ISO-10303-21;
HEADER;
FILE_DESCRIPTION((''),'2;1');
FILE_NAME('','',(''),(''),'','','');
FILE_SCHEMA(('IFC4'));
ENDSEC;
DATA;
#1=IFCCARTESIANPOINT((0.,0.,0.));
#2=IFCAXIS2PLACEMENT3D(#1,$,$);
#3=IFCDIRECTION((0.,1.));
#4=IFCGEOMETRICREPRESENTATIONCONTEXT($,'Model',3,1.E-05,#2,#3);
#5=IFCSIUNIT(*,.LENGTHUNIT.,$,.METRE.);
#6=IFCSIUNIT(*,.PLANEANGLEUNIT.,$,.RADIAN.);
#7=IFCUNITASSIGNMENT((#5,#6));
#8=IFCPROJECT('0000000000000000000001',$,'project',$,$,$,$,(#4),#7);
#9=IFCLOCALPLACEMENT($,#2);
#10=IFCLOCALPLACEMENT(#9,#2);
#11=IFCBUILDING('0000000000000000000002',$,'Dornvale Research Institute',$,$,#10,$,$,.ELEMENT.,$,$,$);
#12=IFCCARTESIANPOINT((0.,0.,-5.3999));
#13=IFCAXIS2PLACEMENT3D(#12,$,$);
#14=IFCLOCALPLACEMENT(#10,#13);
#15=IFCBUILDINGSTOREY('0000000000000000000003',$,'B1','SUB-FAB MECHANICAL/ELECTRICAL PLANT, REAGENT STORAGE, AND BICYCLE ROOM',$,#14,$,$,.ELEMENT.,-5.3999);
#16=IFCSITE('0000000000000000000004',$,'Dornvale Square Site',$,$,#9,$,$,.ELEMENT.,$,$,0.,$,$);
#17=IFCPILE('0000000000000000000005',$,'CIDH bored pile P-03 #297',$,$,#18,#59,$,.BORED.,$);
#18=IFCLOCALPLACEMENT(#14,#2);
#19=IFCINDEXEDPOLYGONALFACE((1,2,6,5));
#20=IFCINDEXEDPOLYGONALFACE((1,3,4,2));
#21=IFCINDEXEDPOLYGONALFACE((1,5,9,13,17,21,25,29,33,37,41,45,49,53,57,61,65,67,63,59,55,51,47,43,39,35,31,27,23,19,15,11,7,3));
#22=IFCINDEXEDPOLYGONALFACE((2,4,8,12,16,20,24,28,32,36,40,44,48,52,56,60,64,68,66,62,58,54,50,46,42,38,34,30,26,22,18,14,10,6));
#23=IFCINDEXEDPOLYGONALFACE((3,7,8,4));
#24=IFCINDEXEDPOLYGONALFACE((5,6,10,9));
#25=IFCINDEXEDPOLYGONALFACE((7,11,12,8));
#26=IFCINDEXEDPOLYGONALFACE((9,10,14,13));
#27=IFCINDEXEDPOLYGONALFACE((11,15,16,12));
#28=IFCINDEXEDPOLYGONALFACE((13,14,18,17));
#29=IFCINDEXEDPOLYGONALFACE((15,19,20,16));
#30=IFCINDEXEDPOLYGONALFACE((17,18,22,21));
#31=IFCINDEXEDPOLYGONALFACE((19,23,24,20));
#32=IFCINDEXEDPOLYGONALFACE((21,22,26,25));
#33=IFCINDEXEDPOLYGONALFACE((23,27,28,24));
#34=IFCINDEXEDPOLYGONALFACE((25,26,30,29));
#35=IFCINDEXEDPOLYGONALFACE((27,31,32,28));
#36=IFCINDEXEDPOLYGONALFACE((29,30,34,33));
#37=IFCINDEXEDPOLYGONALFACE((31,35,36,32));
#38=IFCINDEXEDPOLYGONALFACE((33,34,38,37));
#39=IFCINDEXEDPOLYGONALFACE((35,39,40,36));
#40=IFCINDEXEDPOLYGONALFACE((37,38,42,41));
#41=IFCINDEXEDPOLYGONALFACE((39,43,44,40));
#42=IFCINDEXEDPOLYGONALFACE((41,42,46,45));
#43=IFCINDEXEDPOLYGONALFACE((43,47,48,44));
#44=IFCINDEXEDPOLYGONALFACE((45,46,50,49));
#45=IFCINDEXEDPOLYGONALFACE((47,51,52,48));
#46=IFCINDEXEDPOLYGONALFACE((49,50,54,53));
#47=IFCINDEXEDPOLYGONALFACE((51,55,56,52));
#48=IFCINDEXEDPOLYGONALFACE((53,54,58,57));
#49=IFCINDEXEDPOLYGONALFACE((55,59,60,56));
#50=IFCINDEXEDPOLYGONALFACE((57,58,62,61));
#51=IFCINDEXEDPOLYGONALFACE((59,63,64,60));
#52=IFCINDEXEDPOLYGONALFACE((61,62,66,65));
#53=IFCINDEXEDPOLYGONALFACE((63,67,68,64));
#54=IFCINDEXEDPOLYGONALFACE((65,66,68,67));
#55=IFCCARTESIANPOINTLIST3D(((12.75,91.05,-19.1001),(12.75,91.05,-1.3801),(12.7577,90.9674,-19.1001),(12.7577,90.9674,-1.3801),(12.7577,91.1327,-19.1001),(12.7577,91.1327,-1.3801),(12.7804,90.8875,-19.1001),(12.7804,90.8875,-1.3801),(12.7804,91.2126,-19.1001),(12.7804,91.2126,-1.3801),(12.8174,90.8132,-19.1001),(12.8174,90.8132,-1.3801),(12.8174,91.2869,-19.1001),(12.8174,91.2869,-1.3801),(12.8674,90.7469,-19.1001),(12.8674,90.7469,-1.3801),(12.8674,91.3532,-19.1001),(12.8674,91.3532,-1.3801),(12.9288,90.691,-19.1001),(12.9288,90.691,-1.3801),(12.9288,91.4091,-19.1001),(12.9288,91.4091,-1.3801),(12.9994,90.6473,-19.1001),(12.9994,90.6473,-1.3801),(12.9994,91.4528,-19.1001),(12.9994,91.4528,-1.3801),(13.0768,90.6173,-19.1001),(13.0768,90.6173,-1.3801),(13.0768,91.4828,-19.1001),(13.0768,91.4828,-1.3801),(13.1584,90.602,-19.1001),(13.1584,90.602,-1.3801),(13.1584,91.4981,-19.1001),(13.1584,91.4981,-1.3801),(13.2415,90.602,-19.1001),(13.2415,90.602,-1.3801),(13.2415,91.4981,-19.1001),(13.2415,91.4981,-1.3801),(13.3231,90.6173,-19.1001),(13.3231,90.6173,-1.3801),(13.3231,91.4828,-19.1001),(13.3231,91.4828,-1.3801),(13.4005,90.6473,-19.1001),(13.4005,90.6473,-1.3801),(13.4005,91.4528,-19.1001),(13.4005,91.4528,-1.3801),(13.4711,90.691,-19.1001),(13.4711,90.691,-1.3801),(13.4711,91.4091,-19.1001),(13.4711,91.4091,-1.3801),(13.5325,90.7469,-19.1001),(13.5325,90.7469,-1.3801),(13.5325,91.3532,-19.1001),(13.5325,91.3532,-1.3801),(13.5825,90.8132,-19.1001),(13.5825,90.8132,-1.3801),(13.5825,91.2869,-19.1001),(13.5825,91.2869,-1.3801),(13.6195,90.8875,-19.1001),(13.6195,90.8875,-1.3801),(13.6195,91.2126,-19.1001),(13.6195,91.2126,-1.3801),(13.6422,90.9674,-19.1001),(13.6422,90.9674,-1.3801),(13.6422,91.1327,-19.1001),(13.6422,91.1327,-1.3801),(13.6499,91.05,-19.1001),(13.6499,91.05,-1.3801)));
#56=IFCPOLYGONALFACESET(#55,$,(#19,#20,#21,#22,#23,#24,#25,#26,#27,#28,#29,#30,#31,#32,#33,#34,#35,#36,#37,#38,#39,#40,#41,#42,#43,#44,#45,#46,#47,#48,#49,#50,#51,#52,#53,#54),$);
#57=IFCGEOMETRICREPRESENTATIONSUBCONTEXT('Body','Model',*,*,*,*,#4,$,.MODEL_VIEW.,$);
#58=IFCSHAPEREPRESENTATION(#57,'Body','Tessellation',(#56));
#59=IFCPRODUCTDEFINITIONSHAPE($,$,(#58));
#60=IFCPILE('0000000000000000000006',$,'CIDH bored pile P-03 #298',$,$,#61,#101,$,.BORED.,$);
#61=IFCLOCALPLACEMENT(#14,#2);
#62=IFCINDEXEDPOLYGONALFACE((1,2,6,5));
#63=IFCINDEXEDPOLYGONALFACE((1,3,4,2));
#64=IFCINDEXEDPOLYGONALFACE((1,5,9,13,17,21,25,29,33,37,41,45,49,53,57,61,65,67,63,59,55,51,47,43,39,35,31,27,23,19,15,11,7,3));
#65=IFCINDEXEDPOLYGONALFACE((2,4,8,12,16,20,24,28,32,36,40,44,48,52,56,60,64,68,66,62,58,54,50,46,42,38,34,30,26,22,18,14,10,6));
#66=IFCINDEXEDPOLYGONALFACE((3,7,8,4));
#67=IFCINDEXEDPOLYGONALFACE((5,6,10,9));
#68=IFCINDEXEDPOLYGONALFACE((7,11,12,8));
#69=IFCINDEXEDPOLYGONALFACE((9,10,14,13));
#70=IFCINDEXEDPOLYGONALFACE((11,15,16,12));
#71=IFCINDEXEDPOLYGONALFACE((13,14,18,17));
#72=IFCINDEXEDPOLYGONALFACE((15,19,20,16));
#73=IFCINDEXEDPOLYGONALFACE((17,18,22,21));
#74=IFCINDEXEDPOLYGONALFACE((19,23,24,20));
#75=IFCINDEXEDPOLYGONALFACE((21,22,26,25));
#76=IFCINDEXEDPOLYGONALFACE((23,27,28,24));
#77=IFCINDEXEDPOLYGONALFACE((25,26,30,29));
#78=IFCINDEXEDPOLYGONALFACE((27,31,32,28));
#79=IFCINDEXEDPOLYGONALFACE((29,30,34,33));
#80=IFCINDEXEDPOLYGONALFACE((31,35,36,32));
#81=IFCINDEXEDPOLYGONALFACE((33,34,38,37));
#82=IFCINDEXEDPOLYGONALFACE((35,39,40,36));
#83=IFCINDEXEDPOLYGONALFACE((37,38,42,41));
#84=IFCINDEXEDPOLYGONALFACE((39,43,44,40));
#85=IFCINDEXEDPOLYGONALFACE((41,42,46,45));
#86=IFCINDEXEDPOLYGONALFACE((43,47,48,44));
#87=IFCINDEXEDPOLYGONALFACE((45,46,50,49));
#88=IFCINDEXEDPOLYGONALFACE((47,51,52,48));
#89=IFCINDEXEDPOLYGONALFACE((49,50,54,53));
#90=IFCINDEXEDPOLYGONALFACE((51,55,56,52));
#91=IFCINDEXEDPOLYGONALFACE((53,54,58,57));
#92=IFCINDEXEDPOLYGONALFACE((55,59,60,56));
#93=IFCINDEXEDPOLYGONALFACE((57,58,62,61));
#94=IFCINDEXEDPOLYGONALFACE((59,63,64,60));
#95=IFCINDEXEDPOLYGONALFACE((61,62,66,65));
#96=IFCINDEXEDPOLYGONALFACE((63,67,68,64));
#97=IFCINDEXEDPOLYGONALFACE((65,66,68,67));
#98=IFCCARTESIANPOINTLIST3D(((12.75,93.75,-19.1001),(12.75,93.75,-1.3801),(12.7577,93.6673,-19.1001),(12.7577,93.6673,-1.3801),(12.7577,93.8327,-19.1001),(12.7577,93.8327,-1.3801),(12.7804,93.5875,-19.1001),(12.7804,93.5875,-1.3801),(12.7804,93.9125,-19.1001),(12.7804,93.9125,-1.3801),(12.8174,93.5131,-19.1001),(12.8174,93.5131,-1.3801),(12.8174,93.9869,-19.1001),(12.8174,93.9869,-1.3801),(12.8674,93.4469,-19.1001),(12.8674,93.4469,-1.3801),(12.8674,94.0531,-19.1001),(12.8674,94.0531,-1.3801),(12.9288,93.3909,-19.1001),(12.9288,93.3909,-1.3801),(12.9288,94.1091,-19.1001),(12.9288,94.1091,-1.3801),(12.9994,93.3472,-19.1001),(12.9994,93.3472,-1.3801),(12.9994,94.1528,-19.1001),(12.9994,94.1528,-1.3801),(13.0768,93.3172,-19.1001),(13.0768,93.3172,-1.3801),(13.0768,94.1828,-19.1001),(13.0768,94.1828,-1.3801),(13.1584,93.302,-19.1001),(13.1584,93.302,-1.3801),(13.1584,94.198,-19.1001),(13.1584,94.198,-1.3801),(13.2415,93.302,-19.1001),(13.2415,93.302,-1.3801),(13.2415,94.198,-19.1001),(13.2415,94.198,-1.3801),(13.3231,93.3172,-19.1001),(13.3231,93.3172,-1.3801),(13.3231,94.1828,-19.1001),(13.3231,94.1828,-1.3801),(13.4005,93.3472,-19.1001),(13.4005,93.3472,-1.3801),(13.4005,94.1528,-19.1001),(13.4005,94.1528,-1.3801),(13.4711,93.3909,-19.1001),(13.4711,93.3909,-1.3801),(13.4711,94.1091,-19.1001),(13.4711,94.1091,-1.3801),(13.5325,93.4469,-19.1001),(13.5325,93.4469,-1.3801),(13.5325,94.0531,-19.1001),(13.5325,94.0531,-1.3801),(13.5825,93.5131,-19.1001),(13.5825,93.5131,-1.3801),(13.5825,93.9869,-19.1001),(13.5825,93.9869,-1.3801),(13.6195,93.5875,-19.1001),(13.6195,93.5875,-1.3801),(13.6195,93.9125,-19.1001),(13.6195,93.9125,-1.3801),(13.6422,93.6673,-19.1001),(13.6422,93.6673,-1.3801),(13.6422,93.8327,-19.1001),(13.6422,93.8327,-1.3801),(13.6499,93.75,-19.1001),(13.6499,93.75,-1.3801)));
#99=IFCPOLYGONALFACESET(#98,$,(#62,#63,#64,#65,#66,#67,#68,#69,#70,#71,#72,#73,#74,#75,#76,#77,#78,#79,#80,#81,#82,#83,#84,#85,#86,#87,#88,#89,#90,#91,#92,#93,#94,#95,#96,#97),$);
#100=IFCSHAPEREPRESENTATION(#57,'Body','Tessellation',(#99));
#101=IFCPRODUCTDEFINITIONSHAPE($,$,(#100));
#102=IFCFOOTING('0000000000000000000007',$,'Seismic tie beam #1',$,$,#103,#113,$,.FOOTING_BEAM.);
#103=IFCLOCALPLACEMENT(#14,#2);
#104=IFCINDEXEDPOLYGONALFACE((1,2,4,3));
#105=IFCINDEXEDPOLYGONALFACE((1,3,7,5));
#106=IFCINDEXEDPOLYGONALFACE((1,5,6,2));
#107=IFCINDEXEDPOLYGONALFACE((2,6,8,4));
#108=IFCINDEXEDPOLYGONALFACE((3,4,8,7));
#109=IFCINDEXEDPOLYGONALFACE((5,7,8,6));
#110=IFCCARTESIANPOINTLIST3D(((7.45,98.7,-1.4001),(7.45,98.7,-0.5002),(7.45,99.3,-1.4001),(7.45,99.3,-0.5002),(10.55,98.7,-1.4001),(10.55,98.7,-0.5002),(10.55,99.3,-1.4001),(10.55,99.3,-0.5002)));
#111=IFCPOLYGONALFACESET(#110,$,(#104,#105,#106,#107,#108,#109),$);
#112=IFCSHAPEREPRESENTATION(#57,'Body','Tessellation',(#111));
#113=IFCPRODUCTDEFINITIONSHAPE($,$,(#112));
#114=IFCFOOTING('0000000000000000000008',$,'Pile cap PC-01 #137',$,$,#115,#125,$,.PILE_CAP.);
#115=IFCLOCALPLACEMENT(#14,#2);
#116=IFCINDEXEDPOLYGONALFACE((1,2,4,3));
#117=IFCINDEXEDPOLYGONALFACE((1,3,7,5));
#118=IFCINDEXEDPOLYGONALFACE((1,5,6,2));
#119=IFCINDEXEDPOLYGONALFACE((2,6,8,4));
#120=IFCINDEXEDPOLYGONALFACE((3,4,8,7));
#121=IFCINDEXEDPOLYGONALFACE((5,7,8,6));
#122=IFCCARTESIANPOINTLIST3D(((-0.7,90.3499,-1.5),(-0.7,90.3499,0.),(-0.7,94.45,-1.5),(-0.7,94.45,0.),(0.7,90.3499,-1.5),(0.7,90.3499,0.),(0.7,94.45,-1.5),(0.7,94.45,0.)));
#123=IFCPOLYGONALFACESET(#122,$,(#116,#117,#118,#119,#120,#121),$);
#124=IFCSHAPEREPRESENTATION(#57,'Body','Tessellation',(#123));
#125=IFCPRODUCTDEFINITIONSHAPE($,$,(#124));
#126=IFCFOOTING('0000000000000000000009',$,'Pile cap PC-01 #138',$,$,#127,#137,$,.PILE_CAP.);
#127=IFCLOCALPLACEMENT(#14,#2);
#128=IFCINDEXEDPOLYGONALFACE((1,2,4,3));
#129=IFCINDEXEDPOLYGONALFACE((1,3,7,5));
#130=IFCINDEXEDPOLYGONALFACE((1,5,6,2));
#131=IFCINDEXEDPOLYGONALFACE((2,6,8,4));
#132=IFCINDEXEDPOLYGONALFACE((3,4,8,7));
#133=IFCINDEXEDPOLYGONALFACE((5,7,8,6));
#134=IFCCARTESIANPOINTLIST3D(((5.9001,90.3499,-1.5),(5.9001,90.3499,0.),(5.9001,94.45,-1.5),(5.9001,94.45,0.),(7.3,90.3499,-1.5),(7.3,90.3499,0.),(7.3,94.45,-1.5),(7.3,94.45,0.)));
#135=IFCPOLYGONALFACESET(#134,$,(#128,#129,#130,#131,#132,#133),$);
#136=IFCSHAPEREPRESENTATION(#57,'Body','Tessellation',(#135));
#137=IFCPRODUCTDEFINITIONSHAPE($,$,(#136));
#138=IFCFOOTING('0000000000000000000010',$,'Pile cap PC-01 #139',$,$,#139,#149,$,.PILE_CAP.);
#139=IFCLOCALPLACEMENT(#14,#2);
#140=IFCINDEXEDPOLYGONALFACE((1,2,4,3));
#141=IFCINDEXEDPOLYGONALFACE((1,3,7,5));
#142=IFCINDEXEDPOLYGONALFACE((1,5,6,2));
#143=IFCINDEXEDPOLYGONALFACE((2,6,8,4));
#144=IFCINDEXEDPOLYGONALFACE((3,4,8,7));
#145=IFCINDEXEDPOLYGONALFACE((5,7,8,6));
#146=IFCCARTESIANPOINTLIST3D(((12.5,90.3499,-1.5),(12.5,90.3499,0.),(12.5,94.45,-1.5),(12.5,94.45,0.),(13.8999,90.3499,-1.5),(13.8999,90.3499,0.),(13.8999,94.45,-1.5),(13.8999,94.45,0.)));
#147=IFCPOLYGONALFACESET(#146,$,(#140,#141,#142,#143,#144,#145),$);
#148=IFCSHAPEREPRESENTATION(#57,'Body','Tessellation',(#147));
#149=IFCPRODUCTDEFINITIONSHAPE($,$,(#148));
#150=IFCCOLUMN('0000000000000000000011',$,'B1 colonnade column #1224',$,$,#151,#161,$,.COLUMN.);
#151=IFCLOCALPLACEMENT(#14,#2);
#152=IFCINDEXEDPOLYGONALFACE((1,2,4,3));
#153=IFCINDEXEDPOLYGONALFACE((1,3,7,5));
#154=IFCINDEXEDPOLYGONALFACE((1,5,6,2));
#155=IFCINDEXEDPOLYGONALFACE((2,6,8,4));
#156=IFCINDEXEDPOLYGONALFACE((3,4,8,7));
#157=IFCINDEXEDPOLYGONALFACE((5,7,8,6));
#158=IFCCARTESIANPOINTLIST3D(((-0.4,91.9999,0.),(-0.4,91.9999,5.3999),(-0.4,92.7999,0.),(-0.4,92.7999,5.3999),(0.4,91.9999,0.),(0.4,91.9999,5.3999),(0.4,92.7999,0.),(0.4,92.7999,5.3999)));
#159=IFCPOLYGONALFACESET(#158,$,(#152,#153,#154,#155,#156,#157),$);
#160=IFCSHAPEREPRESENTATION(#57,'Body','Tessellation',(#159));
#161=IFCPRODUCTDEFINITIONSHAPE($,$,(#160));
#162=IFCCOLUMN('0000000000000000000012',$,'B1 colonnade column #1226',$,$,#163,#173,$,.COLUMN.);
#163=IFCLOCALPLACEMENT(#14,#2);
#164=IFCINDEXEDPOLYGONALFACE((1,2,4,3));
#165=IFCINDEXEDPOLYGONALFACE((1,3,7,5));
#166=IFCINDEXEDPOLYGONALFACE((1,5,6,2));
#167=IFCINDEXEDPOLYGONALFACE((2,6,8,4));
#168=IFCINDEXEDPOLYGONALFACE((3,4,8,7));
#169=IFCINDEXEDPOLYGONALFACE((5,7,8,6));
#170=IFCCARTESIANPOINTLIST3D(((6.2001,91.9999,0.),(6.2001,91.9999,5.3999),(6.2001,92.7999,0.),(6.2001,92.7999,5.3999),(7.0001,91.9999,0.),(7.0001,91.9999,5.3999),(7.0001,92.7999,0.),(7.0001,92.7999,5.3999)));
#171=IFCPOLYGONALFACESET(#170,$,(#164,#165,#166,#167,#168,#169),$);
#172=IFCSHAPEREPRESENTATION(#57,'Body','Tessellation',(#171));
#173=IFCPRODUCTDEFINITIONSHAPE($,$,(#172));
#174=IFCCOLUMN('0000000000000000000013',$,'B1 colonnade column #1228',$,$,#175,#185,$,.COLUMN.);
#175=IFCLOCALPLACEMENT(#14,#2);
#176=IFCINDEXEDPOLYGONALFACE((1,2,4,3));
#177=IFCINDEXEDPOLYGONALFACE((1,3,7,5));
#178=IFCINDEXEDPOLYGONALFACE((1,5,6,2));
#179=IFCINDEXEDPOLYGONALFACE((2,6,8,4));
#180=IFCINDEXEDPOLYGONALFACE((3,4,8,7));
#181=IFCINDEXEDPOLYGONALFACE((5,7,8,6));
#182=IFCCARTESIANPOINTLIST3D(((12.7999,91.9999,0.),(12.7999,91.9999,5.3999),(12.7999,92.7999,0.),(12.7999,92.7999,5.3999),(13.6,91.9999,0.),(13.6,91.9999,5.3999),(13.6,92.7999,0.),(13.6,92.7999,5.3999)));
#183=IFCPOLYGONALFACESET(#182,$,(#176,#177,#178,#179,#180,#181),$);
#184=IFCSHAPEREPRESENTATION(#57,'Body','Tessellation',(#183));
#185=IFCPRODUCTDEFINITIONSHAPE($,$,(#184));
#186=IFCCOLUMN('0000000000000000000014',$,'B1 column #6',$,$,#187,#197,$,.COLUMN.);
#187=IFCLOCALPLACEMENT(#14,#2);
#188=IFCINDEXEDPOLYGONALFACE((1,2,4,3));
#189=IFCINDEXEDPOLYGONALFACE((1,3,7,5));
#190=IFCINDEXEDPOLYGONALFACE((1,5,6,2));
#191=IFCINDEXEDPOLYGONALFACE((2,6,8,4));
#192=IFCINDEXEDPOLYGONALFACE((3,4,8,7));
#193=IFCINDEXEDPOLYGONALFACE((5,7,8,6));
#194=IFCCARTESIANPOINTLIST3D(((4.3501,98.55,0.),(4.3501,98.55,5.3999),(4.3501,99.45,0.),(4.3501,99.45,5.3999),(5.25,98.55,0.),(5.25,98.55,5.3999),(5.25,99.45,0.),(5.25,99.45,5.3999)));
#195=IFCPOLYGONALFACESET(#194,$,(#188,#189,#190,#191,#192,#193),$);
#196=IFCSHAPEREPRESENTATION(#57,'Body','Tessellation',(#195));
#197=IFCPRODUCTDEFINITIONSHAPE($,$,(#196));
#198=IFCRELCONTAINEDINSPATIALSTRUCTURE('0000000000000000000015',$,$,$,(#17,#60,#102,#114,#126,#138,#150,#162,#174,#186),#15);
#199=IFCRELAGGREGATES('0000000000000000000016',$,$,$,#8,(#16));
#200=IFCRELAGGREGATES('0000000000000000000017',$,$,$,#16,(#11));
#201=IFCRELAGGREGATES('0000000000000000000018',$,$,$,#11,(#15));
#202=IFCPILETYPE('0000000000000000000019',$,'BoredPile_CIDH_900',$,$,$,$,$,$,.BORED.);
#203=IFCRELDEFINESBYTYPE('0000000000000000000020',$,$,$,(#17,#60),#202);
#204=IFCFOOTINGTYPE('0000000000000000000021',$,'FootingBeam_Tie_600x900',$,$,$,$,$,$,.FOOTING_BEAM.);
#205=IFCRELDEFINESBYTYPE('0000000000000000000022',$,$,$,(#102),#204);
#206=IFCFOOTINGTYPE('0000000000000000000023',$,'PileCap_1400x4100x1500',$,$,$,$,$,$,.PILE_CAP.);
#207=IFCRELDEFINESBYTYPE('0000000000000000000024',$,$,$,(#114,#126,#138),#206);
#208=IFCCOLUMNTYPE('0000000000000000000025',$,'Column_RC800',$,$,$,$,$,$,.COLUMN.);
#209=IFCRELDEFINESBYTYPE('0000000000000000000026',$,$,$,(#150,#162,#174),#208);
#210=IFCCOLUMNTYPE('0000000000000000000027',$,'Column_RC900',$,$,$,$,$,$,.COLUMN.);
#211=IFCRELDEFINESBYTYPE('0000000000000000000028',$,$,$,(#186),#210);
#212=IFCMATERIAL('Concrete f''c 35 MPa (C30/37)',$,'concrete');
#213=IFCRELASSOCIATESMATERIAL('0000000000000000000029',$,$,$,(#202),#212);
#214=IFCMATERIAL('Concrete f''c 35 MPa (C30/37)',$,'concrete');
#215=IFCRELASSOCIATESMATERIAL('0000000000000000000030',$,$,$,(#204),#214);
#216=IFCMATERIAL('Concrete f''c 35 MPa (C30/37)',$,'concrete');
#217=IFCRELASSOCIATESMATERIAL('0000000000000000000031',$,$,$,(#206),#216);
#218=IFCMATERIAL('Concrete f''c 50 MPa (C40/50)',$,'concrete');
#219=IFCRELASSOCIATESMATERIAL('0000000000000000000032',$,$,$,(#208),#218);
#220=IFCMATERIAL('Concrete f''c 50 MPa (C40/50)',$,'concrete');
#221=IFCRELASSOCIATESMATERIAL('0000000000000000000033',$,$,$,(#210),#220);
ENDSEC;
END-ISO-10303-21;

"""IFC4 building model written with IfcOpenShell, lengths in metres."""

from ifc_helpers import new_model, si_unit, direction, frame, origin, origin_2d, place, context, subcontext, project, spatial, rectangle, circle, extrude, material, material_profile, profile_set, type_object, element, save


model = new_model("IFC4")

# Units and contexts
model_context = context("Model", 3, precision=1e-05, world=origin(), true_north=direction((0.0, 1.0)))
body_context = subcontext(model_context, "Body", "Model", "MODEL_VIEW")
ifc_project = project(units=[si_unit("LENGTHUNIT", "METRE"), si_unit("PLANEANGLEUNIT", "RADIAN")], contexts=[model_context])

# Site, building, storey
site_placement = place(None, origin())
site = spatial("IfcSite", under=ifc_project, at=site_placement, Name="Dornvale Square Site", CompositionType="ELEMENT", RefElevation=0.0)
building_placement = place(site_placement, origin())
building = spatial("IfcBuilding", under=site, at=building_placement, Name="Dornvale Research Institute", CompositionType="ELEMENT")
storey_placement = place(building_placement, frame((0.0, 0.0, -5.3999)))
storey = spatial("IfcBuildingStorey", under=building, at=storey_placement, Name="B1", Description="SUB-FAB MECHANICAL/ELECTRICAL PLANT, REAGENT STORAGE, AND BICYCLE ROOM", CompositionType="ELEMENT", Elevation=-5.3999)

# Piles
ifc_material_1 = material(Name="Concrete f'c 35 MPa (C30/37)", Category="concrete")
ifc_material_profile_1 = material_profile(ifc_material_1, circle(Radius=0.45, at=origin_2d()), Name="CIDH PILE D900")
ifc_profile_set_1 = profile_set([ifc_material_profile_1], Name="Concrete f'c 35 MPa (C30/37)")
pile_type_1 = type_object("IfcPileType", Name="BoredPile_CIDH_900", PredefinedType="BORED", material=ifc_profile_set_1)
for number, where, z_axis, x_axis, name in (
    (1, (13.2, 91.05, -1.3801), (0.0, 0.0, -1.0), (1.0, 0.0, 0.0), "CIDH bored pile P-03 #297"),
    (2, (13.2, 93.75, -1.3801), (0.0, 0.0, -1.0), (1.0, 0.0, 0.0), "CIDH bored pile P-03 #298"),
):
    element("IfcPile", number, at=place(storey_placement, frame(where, z_axis=z_axis, x_axis=x_axis)), inside=storey, type_object=pile_type_1, Name=name, PredefinedType="BORED", context=body_context, shape_type="SweptSolid", body=[
        extrude(circle(Radius=0.45, at=origin_2d()), origin(), (0.0, 0.0, 1.0), 17.72),
    ])

# Footings
ifc_material_2 = material(Name="Concrete f'c 35 MPa (C30/37)", Category="concrete")
footing_type_1 = type_object("IfcFootingType", Name="FootingBeam_Tie_600x900", PredefinedType="FOOTING_BEAM", material=ifc_material_2)
footing_placement = place(storey_placement, frame((9.0, 99.0, -1.4001), z_axis=(0.0, 0.0, 1.0), x_axis=(1.0, 0.0, 0.0)))
element("IfcFooting", 3, at=footing_placement, inside=storey, type_object=footing_type_1, Name="Seismic tie beam #1", PredefinedType="FOOTING_BEAM", context=body_context, shape_type="SweptSolid", body=[
    extrude(rectangle(XDim=3.1001, YDim=0.6001, at=origin_2d()), origin(), (0.0, 0.0, 1.0), 0.8999),
])
ifc_material_3 = material(Name="Concrete f'c 35 MPa (C30/37)", Category="concrete")
footing_type_2 = type_object("IfcFootingType", Name="PileCap_1400x4100x1500", PredefinedType="PILE_CAP", material=ifc_material_3)
for number, where, z_axis, x_axis, name in (
    (4, (0.0, 92.3999, -1.5), (0.0, 0.0, 1.0), (1.0, 0.0, 0.0), "Pile cap PC-01 #137"),
    (5, (6.6001, 92.3999, -1.5), (0.0, 0.0, 1.0), (1.0, 0.0, 0.0), "Pile cap PC-01 #138"),
    (6, (13.2, 92.3999, -1.5), (0.0, 0.0, 1.0), (1.0, 0.0, 0.0), "Pile cap PC-01 #139"),
):
    element("IfcFooting", number, at=place(storey_placement, frame(where, z_axis=z_axis, x_axis=x_axis)), inside=storey, type_object=footing_type_2, Name=name, PredefinedType="PILE_CAP", context=body_context, shape_type="SweptSolid", body=[
        extrude(rectangle(XDim=1.3999, YDim=4.1001, at=origin_2d()), origin(), (0.0, 0.0, 1.0), 1.5),
    ])

# Columns
ifc_material_4 = material(Name="Concrete f'c 50 MPa (C40/50)", Category="concrete")
ifc_material_profile_2 = material_profile(ifc_material_4, rectangle(XDim=0.8, YDim=0.8, at=origin_2d()), Name="RC 800x800")
ifc_profile_set_2 = profile_set([ifc_material_profile_2], Name="Concrete f'c 50 MPa (C40/50)")
column_type_1 = type_object("IfcColumnType", Name="Column_RC800", PredefinedType="COLUMN", material=ifc_profile_set_2)
for number, where, z_axis, x_axis, name in (
    (7, (0.0, 92.3999, 0.0), (0.0, 0.0, 1.0), (1.0, 0.0, 0.0), "B1 colonnade column #1224"),
    (8, (6.6001, 92.3999, 0.0), (0.0, 0.0, 1.0), (1.0, 0.0, 0.0), "B1 colonnade column #1226"),
    (9, (13.2, 92.3999, 0.0), (0.0, 0.0, 1.0), (1.0, 0.0, 0.0), "B1 colonnade column #1228"),
):
    element("IfcColumn", number, at=place(storey_placement, frame(where, z_axis=z_axis, x_axis=x_axis)), inside=storey, type_object=column_type_1, Name=name, PredefinedType="COLUMN", context=body_context, shape_type="SweptSolid", body=[
        extrude(rectangle(XDim=0.8, YDim=0.8, at=origin_2d()), origin(), (0.0, 0.0, 1.0), 5.3999),
    ])
ifc_material_5 = material(Name="Concrete f'c 50 MPa (C40/50)", Category="concrete")
ifc_material_profile_3 = material_profile(ifc_material_5, rectangle(XDim=0.8999, YDim=0.8999, at=origin_2d()), Name="RC 900x900")
ifc_profile_set_3 = profile_set([ifc_material_profile_3], Name="Concrete f'c 50 MPa (C40/50)")
column_type_2 = type_object("IfcColumnType", Name="Column_RC900", PredefinedType="COLUMN", material=ifc_profile_set_3)
column_placement = place(storey_placement, frame((4.8, 99.0, 0.0), z_axis=(0.0, 0.0, 1.0), x_axis=(1.0, 0.0, 0.0)))
element("IfcColumn", 10, at=column_placement, inside=storey, type_object=column_type_2, Name="B1 column #6", PredefinedType="COLUMN", context=body_context, shape_type="SweptSolid", body=[
    extrude(rectangle(XDim=0.8999, YDim=0.8999, at=origin_2d()), origin(), (0.0, 0.0, 1.0), 5.3999),
])

save(model, "model.ifc")
